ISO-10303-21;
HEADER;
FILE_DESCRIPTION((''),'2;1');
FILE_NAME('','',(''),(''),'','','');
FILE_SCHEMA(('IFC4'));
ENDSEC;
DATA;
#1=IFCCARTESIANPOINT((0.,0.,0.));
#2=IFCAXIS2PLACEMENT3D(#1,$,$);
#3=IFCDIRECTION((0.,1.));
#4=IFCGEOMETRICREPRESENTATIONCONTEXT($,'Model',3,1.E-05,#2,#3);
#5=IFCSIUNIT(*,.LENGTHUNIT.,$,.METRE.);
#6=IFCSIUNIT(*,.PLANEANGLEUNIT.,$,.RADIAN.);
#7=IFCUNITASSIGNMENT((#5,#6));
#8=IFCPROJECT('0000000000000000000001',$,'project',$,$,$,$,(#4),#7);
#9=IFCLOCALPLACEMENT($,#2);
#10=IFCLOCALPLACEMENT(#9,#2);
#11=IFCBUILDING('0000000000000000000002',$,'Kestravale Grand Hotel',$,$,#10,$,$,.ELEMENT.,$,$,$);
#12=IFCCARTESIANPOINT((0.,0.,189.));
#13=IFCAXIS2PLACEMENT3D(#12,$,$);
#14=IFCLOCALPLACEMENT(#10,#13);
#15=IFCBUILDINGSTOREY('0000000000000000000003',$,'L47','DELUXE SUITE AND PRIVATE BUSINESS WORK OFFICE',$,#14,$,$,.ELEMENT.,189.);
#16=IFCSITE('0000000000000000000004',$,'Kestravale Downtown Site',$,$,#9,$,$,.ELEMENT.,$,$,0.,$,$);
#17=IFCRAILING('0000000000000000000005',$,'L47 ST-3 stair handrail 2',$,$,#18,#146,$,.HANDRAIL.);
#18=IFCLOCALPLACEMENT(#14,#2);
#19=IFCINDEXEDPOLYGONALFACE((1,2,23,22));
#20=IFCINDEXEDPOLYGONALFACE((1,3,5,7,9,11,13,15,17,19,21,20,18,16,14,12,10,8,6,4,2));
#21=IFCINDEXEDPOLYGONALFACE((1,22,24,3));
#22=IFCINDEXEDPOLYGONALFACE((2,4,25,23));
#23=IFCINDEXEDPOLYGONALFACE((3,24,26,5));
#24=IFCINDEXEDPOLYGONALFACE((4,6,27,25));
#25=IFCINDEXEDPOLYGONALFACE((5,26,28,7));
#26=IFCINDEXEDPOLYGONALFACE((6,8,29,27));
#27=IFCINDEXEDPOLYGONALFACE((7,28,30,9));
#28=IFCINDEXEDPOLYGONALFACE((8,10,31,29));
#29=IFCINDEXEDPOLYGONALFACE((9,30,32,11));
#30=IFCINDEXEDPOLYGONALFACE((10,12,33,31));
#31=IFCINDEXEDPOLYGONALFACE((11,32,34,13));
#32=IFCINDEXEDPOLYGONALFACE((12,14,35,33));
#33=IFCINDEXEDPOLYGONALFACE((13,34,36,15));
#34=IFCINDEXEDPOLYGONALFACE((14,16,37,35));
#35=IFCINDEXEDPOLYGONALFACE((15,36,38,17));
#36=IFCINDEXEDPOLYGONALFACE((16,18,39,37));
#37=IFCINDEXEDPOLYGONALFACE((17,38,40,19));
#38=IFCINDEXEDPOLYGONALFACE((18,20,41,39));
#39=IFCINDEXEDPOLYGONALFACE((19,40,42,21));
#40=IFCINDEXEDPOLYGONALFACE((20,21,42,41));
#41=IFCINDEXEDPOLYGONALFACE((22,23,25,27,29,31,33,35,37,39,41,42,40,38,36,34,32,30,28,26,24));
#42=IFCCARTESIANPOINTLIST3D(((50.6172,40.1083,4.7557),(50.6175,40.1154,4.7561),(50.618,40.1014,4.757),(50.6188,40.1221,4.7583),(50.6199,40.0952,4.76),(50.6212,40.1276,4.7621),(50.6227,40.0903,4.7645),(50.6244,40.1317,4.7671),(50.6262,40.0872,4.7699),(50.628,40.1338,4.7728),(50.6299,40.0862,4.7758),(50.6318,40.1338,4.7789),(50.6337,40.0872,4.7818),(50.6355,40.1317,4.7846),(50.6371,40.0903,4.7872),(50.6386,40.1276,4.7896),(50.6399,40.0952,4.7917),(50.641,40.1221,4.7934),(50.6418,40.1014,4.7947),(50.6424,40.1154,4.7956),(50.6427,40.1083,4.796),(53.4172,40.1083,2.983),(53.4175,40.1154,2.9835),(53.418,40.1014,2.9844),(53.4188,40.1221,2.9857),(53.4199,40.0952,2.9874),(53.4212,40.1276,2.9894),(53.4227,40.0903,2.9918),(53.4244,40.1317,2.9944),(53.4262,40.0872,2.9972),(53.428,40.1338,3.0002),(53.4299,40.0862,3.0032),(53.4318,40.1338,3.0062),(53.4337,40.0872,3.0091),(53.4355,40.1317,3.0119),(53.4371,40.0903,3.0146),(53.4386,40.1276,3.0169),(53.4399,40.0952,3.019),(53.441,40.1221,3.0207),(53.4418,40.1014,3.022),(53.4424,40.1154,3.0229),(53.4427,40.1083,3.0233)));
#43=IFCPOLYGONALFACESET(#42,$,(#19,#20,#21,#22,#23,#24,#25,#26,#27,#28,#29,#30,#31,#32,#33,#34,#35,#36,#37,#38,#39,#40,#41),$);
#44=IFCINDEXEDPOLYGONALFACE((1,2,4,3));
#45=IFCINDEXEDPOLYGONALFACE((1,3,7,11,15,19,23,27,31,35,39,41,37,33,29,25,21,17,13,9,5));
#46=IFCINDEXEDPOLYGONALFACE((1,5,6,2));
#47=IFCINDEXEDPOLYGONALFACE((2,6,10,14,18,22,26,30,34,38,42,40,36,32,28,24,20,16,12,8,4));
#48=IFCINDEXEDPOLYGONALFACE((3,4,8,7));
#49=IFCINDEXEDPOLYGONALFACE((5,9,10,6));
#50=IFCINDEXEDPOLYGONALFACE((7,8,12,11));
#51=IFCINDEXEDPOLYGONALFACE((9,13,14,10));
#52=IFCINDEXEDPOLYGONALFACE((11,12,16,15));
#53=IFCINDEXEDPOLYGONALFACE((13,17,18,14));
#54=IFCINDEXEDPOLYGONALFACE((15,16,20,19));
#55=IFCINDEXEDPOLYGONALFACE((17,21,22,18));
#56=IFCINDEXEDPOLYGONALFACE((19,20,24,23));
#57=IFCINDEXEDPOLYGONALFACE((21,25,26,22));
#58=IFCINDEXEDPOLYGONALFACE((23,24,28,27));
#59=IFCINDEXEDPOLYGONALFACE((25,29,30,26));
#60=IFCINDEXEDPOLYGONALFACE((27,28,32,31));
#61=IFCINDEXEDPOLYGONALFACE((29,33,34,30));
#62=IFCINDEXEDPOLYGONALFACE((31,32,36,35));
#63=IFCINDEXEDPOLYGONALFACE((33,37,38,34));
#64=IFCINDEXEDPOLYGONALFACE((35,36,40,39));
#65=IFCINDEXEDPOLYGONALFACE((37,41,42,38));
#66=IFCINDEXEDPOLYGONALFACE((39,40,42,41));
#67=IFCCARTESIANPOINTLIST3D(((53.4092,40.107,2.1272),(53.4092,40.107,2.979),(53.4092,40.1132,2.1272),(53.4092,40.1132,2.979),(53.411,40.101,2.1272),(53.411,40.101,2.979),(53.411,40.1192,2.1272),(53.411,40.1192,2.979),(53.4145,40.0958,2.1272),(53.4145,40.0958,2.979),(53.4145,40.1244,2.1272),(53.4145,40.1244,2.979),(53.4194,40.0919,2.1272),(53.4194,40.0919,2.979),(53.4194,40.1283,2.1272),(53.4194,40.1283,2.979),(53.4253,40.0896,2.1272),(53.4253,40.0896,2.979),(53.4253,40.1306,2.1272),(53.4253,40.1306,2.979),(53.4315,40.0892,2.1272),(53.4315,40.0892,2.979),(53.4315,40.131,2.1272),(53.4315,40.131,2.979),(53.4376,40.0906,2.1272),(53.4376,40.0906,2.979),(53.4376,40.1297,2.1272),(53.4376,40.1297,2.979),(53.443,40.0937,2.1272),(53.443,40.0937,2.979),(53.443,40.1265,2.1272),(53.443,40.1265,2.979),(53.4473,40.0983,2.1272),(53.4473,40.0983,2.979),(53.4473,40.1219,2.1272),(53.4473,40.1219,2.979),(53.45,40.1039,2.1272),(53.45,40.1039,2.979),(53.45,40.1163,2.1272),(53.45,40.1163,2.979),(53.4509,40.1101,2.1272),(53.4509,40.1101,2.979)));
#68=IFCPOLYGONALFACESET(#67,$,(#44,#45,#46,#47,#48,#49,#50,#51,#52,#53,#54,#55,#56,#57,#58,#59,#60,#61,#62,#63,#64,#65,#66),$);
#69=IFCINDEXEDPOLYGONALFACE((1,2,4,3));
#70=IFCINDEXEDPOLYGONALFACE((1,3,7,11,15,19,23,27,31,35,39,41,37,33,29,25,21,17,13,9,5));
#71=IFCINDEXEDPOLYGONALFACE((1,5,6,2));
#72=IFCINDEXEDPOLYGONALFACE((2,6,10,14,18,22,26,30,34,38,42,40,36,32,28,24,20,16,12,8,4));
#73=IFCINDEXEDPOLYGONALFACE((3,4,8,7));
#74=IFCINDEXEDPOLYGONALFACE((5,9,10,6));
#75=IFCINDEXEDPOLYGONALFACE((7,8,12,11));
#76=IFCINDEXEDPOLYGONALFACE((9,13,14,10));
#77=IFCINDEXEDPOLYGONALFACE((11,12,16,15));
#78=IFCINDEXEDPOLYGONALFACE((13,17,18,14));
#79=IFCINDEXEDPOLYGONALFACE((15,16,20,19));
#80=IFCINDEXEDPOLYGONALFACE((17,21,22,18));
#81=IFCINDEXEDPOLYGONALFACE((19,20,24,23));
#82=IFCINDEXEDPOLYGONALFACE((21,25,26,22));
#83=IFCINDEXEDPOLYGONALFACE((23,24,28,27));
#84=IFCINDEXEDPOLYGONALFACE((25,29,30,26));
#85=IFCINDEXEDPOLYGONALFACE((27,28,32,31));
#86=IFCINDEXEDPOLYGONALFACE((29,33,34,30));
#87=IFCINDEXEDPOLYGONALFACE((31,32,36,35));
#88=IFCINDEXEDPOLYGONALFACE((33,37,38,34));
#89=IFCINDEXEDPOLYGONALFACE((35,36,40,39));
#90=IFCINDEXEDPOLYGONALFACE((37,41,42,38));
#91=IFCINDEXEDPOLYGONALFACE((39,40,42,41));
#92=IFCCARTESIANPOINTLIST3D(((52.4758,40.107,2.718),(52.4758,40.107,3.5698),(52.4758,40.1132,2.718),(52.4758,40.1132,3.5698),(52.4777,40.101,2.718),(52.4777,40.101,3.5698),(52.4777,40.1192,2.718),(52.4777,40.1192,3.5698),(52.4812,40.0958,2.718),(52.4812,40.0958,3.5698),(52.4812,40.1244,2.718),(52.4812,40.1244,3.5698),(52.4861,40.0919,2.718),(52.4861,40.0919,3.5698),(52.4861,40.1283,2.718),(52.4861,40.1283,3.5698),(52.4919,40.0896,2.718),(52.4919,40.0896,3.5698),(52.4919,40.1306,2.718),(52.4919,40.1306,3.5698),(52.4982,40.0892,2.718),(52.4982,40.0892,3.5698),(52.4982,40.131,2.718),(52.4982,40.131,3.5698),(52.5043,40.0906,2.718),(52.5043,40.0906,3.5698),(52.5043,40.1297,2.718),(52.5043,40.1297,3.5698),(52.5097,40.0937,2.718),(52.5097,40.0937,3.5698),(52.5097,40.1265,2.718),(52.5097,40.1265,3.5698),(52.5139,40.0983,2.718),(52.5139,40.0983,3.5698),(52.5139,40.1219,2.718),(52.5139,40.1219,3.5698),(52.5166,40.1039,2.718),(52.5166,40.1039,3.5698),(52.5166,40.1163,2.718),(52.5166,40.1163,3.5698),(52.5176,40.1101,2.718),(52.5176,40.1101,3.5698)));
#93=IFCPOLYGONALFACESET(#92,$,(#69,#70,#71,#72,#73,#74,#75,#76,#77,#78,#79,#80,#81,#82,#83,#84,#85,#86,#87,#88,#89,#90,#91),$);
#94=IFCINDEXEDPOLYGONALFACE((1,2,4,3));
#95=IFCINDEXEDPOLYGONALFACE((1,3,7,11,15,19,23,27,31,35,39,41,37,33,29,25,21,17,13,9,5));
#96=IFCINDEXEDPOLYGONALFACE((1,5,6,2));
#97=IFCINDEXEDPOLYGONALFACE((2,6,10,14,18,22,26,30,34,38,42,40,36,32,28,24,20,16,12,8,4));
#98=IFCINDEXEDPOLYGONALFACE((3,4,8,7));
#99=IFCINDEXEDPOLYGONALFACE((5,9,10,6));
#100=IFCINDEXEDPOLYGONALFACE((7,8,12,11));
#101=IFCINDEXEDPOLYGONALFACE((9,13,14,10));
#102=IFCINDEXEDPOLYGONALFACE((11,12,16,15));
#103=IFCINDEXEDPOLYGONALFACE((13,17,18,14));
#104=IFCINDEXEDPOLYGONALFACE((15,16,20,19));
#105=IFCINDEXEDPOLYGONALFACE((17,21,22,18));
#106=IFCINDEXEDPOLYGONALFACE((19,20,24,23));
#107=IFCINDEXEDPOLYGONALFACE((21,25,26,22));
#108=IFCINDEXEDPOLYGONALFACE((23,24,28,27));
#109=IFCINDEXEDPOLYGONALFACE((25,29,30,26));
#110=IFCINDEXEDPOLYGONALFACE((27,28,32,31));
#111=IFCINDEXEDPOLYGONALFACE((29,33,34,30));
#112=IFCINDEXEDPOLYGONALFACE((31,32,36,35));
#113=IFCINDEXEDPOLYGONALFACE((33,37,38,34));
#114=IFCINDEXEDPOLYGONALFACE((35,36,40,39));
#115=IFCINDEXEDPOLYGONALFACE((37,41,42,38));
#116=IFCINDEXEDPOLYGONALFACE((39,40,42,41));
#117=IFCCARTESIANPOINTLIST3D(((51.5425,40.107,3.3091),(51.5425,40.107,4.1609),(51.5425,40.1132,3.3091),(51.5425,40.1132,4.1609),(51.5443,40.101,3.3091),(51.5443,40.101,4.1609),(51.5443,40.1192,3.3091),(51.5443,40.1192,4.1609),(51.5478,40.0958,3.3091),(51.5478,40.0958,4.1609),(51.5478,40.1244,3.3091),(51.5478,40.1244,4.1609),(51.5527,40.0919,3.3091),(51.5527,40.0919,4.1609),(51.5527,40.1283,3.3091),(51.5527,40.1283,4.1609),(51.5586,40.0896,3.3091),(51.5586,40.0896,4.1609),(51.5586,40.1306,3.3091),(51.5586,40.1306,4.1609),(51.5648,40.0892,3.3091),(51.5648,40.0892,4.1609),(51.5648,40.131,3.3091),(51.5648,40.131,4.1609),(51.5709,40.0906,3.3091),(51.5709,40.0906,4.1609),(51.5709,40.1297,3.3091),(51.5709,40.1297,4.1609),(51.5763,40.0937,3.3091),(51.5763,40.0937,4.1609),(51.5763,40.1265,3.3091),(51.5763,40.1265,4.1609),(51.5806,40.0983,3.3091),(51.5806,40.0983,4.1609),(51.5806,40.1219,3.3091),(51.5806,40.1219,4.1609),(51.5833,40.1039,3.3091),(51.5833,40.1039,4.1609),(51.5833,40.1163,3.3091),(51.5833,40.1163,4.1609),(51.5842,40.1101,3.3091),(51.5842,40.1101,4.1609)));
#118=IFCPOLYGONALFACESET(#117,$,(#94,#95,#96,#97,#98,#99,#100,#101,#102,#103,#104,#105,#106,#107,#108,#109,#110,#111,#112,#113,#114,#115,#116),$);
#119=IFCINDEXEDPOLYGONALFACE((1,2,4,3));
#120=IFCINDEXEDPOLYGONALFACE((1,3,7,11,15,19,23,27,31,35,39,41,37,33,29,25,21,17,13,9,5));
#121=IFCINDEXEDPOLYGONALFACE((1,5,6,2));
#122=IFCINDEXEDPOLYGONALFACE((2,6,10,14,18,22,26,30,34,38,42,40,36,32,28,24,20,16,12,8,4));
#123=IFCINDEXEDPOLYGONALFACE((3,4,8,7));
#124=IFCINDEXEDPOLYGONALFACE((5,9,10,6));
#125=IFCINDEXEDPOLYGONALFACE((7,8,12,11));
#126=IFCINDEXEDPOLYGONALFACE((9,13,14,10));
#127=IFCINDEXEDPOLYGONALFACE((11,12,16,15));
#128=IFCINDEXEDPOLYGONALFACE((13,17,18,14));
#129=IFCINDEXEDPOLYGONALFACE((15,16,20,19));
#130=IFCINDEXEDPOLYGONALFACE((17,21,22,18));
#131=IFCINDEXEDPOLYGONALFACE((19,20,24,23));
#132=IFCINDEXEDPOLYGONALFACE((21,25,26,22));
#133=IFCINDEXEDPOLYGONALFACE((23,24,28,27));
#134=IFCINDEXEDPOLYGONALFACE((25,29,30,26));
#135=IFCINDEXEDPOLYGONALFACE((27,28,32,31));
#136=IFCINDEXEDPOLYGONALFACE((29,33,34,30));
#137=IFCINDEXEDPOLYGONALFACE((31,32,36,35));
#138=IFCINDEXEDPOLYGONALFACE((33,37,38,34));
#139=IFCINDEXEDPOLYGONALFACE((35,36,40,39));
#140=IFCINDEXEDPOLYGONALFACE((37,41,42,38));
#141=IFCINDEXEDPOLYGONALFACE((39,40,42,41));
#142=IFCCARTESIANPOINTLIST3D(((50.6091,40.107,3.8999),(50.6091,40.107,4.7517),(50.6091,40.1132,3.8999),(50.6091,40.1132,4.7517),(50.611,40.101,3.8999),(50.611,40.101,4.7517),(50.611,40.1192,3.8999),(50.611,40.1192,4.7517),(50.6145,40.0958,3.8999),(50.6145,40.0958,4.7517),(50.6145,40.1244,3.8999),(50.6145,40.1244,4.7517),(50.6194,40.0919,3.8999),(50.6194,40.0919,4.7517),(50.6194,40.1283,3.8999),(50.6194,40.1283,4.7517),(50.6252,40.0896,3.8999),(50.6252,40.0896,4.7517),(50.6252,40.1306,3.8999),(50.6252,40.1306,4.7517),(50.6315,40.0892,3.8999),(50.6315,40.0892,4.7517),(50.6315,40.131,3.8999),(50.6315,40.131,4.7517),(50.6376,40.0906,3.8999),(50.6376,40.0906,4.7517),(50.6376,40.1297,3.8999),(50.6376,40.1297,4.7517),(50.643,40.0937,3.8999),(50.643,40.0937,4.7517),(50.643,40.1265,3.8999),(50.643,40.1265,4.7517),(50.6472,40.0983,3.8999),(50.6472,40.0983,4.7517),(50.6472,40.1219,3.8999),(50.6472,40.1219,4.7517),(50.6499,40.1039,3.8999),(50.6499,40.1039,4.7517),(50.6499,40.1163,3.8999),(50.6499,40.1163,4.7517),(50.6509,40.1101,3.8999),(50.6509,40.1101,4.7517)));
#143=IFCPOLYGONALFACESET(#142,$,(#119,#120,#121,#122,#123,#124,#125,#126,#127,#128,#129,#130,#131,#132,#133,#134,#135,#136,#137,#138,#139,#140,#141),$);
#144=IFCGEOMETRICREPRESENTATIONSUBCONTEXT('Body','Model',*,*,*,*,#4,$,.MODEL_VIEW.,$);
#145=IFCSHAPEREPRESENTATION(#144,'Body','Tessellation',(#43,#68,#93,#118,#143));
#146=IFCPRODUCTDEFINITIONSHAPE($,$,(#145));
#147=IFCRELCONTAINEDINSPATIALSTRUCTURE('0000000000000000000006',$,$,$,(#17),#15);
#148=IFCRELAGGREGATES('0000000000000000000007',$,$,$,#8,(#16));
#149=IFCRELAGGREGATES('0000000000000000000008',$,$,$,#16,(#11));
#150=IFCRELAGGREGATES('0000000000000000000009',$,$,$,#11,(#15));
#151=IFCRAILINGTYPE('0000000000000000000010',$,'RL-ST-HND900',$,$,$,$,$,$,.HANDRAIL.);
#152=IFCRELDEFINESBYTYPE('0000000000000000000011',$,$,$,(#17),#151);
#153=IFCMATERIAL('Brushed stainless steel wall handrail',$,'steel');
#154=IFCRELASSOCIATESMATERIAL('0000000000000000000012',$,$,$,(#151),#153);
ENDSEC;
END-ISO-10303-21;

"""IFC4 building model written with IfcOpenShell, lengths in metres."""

from ifc_helpers import new_model, si_unit, direction, frame, origin, origin_2d, place, context, subcontext, project, spatial, circle, extrude, material, type_object, element, save


model = new_model("IFC4")

# Units and contexts
model_context = context("Model", 3, precision=1e-05, world=origin(), true_north=direction((0.0, 1.0)))
body_context = subcontext(model_context, "Body", "Model", "MODEL_VIEW")
ifc_project = project(units=[si_unit("LENGTHUNIT", "METRE"), si_unit("PLANEANGLEUNIT", "RADIAN")], contexts=[model_context])

# Site, building, storey
site_placement = place(None, origin())
site = spatial("IfcSite", under=ifc_project, at=site_placement, Name="Kestravale Downtown Site", CompositionType="ELEMENT", RefElevation=0.0)
building_placement = place(site_placement, origin())
building = spatial("IfcBuilding", under=site, at=building_placement, Name="Kestravale Grand Hotel", CompositionType="ELEMENT")
storey_placement = place(building_placement, frame((0.0, 0.0, 189.0)))
storey = spatial("IfcBuildingStorey", under=building, at=storey_placement, Name="L47", Description="DELUXE SUITE AND PRIVATE BUSINESS WORK OFFICE", CompositionType="ELEMENT", Elevation=189.0)

# Railing
ifc_material_1 = material(Name="Brushed stainless steel wall handrail", Category="steel")
railing_type_1 = type_object("IfcRailingType", Name="RL-ST-HND900", PredefinedType="HANDRAIL", material=ifc_material_1)
railing_1_placement = place(storey_placement, frame((53.4299, 40.1101, 2.1272)))
element("IfcRailing", 1, at=railing_1_placement, inside=storey, type_object=railing_type_1, Name="L47 ST-3 stair handrail 2", PredefinedType="HANDRAIL", context=body_context, shape_type="SweptSolid", body=[
    extrude(circle(Radius=0.0239, at=origin_2d()), frame((0.0, 0.0, 0.876), z_axis=(-0.844909, 0.0, 0.53491), x_axis=(0.0, -1.0, 0.0)), (0.0, 0.0, 1.0), 3.314),
    extrude(circle(Radius=0.021, at=origin_2d()), origin(), (0.0, 0.0, 1.0), 0.8518),
    extrude(circle(Radius=0.021, at=origin_2d()), frame((-0.9333, 0.0, 0.5908)), (0.0, 0.0, 1.0), 0.8518),
    extrude(circle(Radius=0.021, at=origin_2d()), frame((-1.8667, 0.0, 1.1819)), (0.0, 0.0, 1.0), 0.8518),
    extrude(circle(Radius=0.021, at=origin_2d()), frame((-2.8, 0.0, 1.7727)), (0.0, 0.0, 1.0), 0.8518),
])

save(model, "model.ifc")
